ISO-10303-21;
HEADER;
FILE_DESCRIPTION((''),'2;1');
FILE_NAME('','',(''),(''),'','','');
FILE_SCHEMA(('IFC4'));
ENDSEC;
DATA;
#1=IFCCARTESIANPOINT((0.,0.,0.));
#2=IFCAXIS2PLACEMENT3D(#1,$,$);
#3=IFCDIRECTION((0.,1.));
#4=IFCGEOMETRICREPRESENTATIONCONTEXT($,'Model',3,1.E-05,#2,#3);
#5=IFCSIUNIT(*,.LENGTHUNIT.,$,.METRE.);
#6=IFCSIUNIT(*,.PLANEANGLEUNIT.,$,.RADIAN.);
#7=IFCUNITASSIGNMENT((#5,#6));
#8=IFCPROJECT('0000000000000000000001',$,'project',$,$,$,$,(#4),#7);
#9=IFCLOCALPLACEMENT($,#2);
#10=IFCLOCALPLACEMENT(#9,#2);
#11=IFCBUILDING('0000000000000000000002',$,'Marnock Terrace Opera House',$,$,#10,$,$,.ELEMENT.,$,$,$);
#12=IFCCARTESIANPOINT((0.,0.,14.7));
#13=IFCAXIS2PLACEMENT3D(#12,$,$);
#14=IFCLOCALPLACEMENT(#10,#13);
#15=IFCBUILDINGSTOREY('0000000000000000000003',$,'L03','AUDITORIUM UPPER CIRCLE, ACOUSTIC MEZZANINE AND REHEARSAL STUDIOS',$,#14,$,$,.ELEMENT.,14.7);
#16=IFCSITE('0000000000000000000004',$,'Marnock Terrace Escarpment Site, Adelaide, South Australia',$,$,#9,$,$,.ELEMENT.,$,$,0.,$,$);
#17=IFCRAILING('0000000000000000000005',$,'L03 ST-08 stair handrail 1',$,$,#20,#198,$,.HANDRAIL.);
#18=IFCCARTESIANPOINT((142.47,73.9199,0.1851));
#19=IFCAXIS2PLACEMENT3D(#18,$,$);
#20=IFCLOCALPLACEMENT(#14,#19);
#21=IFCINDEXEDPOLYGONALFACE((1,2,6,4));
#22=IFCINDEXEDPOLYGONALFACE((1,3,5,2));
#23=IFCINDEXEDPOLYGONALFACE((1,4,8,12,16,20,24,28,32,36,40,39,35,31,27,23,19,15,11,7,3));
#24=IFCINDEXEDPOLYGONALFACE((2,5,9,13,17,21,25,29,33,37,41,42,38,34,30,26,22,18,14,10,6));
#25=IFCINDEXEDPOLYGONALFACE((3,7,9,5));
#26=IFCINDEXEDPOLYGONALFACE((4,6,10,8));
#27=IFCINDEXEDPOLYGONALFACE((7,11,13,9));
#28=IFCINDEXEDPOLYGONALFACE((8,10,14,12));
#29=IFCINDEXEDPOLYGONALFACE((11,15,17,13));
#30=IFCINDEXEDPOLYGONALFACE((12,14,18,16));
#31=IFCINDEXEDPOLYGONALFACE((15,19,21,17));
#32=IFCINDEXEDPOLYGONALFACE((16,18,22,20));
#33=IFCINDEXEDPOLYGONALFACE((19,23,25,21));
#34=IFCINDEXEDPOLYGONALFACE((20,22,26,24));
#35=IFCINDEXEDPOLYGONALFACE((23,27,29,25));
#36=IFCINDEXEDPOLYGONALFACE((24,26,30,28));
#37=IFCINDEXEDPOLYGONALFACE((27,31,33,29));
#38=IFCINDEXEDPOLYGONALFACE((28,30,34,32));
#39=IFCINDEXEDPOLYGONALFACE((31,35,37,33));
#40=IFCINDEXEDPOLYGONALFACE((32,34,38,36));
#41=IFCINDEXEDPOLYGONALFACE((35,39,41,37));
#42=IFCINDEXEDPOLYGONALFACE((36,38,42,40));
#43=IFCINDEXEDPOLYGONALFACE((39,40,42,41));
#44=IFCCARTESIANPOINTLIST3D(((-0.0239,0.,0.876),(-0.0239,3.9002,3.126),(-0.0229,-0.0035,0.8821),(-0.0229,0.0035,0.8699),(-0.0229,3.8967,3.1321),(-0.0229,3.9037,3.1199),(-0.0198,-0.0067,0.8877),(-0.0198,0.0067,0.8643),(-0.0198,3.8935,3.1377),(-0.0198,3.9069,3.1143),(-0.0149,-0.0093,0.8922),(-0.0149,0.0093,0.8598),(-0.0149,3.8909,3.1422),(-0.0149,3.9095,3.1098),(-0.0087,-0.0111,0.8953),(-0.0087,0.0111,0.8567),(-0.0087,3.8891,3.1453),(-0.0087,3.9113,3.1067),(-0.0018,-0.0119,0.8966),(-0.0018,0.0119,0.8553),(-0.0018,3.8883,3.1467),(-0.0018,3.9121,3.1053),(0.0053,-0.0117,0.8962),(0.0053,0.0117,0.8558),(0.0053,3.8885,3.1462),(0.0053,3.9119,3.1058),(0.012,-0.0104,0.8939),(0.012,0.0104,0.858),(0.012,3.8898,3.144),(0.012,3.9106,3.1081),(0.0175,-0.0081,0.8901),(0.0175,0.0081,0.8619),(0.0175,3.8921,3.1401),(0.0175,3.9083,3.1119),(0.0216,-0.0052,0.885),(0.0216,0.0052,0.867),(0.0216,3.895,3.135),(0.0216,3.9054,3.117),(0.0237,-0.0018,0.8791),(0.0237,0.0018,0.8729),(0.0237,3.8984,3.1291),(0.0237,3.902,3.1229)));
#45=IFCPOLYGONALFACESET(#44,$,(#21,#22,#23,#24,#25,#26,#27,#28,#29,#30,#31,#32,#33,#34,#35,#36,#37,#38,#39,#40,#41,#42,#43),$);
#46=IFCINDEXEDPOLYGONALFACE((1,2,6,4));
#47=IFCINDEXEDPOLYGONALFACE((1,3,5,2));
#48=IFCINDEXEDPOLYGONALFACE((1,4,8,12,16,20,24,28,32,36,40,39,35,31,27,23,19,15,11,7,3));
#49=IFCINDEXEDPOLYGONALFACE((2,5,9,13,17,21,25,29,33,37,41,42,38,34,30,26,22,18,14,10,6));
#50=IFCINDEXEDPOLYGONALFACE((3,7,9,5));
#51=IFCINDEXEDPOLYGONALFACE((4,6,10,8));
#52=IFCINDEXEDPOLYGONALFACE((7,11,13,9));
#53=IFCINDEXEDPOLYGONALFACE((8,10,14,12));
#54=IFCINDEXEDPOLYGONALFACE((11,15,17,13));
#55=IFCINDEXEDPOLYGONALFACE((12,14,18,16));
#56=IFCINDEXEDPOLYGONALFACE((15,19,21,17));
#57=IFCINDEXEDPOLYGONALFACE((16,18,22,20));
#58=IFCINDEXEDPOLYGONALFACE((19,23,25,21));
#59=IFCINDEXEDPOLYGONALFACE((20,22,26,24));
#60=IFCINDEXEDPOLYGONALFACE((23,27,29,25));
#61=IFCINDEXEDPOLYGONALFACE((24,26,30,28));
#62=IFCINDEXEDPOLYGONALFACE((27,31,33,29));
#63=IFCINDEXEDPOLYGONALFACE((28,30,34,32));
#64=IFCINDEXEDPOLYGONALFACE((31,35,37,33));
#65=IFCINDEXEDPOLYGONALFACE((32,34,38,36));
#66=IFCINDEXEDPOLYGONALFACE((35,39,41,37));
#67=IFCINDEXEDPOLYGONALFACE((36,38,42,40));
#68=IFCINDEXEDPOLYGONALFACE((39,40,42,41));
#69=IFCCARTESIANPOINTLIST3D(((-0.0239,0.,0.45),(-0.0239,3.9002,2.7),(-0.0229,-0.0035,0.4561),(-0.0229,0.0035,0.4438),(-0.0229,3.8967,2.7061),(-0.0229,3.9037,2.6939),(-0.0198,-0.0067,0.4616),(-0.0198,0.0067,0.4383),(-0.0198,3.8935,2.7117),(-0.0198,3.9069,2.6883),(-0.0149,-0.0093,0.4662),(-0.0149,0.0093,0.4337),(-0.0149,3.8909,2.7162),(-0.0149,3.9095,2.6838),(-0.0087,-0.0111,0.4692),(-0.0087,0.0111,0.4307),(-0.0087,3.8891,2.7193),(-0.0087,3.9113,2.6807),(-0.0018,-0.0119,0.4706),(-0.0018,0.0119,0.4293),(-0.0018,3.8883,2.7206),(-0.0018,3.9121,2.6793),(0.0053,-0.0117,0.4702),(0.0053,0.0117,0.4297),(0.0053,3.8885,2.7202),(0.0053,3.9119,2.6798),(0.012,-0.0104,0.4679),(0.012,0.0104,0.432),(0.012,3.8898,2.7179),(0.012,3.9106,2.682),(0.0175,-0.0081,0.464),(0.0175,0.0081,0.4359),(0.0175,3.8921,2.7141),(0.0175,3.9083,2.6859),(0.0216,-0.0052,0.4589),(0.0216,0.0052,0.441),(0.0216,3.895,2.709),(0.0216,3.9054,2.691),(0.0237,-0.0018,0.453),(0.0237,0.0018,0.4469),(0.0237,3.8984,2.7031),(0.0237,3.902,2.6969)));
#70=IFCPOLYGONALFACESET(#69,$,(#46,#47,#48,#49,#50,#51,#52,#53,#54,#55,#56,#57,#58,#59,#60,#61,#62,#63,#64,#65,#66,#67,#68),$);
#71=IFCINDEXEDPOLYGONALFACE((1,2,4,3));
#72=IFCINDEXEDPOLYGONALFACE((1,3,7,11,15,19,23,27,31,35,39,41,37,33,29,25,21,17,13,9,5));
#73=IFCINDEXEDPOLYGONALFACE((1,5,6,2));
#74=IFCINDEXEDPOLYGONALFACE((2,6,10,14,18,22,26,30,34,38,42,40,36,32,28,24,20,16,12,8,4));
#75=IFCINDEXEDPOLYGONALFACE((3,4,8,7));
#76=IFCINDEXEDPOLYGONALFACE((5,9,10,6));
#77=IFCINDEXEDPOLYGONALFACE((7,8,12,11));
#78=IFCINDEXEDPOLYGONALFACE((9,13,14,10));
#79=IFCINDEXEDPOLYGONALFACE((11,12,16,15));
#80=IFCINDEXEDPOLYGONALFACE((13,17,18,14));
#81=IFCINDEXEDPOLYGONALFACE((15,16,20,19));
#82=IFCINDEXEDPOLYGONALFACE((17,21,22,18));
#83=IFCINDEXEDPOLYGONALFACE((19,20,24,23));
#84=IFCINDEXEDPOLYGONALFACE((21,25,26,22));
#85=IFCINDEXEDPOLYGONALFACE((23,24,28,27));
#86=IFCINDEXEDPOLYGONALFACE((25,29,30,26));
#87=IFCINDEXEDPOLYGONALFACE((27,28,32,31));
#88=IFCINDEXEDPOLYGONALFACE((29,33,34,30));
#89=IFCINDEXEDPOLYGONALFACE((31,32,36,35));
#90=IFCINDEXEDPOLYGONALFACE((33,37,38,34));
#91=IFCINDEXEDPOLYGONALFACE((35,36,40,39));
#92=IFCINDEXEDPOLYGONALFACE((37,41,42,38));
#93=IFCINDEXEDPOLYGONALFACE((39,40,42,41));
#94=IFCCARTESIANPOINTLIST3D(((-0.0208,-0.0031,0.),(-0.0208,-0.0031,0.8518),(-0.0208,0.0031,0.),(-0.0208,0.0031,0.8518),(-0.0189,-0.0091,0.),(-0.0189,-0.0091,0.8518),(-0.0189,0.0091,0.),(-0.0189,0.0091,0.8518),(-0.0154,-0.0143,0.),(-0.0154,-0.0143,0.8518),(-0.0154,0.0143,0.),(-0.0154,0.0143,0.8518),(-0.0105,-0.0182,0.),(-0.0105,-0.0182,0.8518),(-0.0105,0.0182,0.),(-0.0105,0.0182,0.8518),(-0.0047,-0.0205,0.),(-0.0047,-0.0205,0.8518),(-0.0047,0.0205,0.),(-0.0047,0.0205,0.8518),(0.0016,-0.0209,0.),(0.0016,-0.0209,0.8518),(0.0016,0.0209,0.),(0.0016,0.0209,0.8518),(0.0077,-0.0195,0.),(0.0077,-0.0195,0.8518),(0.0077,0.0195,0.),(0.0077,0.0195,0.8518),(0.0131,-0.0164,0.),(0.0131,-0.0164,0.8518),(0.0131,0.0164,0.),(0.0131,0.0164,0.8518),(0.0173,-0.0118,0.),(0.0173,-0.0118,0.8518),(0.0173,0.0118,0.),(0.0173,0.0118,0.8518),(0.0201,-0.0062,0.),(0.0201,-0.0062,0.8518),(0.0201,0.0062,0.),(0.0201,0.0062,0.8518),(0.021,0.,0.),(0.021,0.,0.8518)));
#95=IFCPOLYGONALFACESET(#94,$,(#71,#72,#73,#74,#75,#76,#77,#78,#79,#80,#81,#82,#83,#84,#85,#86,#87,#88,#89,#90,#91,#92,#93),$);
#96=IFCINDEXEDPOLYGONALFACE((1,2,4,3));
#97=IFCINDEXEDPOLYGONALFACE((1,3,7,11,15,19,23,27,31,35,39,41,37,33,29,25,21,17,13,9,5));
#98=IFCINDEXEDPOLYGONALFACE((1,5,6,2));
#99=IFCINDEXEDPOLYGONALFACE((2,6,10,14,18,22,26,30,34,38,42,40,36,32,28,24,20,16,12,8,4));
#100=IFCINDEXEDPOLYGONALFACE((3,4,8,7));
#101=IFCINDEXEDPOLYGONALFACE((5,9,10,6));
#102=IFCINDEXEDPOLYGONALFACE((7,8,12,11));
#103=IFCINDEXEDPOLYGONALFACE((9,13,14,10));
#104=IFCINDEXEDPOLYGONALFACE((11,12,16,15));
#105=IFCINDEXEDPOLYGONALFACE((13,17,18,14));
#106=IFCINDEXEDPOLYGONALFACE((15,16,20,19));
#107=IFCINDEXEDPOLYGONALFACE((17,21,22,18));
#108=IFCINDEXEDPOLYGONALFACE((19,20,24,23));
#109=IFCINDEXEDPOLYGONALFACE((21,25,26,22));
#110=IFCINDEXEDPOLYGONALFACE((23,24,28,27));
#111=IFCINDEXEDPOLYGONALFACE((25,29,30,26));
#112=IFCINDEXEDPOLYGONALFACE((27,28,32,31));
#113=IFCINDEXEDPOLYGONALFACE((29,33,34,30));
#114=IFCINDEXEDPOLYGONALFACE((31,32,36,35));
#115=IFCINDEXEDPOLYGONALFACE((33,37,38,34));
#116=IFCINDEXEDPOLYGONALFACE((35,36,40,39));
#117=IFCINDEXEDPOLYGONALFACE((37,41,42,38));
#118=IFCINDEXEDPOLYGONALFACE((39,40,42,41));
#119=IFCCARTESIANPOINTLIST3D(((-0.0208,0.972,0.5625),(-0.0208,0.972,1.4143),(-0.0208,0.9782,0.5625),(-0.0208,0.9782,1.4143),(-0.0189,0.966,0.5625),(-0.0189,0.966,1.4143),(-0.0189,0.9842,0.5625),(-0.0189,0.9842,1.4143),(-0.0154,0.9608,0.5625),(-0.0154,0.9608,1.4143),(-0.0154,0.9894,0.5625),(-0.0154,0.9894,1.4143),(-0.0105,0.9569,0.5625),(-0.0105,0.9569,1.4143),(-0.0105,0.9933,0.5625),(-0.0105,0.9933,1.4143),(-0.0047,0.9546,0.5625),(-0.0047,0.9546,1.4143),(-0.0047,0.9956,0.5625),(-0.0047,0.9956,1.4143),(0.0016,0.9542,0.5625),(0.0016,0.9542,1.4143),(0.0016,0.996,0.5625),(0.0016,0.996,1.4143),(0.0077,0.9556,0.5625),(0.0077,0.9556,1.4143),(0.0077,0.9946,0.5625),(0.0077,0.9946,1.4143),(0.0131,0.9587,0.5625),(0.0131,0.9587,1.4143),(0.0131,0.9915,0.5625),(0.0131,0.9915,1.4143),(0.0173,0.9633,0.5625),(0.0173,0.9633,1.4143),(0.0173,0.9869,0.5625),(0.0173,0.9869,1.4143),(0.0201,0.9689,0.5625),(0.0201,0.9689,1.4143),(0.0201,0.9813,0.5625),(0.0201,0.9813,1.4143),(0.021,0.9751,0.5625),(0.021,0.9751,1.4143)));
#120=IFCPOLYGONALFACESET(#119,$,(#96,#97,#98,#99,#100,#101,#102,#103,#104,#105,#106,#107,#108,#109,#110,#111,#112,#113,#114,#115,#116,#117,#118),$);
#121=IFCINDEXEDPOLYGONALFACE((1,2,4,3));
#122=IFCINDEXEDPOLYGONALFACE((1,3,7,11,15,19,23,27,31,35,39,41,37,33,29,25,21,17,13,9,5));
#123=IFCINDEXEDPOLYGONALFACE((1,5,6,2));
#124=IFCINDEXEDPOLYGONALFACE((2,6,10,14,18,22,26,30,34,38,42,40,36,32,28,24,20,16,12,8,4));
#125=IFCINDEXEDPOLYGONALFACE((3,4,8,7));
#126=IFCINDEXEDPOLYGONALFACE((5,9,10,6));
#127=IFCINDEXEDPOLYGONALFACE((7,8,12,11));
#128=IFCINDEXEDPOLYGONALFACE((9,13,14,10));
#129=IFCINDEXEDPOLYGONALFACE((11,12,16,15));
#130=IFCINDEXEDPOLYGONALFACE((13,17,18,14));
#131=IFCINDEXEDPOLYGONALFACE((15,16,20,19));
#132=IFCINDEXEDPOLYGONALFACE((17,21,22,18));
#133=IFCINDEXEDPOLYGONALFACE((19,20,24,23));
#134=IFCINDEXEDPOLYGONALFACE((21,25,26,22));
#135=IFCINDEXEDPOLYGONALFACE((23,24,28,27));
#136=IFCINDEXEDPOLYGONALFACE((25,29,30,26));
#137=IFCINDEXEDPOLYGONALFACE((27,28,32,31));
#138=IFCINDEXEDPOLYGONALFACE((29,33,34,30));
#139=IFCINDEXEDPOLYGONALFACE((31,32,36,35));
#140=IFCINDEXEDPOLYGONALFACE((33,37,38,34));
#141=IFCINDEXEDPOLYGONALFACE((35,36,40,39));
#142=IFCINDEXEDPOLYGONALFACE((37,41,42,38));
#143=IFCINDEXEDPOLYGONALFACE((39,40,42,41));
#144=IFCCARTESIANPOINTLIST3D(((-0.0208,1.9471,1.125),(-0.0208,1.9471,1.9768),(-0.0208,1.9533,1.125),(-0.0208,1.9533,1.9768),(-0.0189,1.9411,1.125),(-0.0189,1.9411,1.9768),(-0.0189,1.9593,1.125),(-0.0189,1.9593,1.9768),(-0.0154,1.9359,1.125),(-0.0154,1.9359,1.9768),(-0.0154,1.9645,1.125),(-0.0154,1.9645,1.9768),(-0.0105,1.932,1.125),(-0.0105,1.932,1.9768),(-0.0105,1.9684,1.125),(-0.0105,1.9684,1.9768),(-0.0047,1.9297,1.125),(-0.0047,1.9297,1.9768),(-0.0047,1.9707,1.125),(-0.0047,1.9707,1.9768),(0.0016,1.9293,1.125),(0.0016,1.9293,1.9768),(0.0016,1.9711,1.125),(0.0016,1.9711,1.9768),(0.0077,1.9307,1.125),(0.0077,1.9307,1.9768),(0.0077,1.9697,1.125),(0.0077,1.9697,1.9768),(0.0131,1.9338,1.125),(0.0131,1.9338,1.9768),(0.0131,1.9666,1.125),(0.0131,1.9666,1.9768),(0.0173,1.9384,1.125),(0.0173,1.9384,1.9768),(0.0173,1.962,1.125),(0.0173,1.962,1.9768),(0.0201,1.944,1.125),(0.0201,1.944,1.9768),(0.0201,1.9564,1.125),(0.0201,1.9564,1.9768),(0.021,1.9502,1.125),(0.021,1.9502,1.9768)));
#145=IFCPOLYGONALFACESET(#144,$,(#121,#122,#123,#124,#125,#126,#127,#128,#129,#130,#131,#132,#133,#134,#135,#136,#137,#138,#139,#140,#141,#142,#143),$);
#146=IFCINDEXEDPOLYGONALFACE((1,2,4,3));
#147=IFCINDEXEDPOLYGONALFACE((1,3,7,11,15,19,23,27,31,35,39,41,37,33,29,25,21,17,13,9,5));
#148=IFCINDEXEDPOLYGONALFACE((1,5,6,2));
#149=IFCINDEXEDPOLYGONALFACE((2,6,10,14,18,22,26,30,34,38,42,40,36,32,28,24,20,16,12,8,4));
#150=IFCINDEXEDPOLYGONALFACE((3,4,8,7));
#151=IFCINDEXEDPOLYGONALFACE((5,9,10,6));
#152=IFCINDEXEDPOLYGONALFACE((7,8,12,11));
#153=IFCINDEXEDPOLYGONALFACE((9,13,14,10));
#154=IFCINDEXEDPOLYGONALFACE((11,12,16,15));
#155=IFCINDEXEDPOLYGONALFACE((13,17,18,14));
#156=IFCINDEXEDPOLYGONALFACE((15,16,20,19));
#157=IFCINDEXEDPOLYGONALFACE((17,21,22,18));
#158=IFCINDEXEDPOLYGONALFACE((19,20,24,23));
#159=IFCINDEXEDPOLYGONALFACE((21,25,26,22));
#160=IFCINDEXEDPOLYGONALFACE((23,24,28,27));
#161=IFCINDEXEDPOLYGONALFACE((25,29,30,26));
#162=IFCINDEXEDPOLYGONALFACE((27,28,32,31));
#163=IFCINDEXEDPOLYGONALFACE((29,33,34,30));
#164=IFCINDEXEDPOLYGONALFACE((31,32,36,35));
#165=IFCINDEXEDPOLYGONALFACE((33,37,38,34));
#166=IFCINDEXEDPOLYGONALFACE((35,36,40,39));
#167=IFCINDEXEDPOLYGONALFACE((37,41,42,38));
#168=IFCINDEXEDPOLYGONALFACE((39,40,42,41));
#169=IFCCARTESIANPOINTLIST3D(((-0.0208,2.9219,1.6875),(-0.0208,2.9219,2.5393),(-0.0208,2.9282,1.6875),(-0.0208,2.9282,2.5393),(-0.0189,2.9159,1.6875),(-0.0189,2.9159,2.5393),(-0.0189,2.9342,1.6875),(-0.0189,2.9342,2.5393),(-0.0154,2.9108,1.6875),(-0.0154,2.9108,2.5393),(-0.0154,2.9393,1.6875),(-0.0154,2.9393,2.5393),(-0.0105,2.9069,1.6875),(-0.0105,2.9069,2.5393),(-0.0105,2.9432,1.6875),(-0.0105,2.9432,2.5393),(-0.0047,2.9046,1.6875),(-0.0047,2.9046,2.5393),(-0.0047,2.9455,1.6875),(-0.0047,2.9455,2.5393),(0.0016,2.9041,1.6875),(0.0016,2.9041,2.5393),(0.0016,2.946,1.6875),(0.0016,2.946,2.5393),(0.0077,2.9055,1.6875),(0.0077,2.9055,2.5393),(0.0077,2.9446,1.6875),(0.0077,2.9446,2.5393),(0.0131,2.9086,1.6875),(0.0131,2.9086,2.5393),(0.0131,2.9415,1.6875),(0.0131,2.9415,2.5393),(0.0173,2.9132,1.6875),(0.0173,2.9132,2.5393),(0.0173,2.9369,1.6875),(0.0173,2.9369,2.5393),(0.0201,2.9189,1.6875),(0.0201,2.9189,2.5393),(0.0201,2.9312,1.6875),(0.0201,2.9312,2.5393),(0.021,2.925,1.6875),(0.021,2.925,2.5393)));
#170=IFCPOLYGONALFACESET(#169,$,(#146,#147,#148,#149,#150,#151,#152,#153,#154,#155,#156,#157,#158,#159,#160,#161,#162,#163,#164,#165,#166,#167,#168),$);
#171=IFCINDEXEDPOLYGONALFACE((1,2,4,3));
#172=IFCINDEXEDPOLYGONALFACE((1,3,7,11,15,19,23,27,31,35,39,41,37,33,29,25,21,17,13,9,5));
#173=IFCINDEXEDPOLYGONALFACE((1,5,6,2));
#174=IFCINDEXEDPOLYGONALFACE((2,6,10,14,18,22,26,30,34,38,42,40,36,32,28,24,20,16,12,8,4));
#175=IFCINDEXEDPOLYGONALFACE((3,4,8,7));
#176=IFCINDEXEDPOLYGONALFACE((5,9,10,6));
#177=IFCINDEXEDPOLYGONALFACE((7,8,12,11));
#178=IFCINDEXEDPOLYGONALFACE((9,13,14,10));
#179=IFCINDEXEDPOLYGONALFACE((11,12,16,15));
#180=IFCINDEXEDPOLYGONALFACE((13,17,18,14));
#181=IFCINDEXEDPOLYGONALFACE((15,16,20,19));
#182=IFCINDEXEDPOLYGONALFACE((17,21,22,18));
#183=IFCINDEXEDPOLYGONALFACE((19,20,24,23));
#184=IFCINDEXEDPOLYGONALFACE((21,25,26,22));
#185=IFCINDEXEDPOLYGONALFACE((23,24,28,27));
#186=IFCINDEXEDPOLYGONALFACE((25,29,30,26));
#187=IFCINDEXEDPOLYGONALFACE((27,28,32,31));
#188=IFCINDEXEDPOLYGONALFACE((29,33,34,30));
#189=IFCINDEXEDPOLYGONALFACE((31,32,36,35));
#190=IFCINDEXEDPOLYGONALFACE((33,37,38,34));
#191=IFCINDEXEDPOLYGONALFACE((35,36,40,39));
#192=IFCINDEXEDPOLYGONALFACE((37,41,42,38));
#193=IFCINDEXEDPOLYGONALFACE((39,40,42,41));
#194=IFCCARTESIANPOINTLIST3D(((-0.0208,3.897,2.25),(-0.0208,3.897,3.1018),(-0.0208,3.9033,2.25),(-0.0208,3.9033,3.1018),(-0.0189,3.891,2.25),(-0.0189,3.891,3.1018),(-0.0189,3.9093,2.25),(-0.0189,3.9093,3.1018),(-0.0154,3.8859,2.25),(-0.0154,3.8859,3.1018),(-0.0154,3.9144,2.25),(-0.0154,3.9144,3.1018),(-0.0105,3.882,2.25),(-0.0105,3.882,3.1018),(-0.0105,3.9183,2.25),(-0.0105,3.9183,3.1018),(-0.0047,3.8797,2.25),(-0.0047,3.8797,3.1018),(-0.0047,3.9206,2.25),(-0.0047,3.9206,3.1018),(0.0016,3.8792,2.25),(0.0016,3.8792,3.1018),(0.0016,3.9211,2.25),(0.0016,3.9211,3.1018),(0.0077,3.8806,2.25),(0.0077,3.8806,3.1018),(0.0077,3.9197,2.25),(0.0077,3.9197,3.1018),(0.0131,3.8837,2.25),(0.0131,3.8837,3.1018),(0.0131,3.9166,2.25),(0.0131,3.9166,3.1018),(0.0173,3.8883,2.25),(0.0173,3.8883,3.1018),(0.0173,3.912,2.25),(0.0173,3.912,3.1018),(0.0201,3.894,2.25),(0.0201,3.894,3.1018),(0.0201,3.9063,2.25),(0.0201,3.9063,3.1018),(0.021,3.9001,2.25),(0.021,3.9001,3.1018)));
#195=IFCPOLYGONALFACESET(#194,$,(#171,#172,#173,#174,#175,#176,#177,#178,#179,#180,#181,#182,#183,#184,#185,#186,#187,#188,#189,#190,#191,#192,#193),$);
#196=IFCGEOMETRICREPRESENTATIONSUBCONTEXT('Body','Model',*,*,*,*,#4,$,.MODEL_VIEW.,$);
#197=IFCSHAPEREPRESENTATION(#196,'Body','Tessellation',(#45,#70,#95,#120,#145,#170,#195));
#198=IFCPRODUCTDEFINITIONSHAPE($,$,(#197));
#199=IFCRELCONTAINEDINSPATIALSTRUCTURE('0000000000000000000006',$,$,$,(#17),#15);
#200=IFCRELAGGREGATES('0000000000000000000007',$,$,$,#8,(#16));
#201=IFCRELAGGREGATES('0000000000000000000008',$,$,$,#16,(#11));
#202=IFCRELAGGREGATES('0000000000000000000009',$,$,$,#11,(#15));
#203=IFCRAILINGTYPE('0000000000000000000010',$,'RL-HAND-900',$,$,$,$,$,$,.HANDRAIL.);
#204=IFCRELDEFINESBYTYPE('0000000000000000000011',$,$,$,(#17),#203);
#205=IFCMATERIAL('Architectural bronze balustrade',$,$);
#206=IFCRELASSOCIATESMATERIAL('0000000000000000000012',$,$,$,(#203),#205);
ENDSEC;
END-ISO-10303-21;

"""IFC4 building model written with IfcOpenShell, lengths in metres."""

from ifc_helpers import new_model, si_unit, direction, frame, origin, origin_2d, place, context, subcontext, project, spatial, circle, extrude, material, type_object, element, save


model = new_model("IFC4")

# Units and contexts
model_context = context("Model", 3, precision=1e-05, world=origin(), true_north=direction((0.0, 1.0)))
body_context = subcontext(model_context, "Body", "Model", "MODEL_VIEW")
ifc_project = project(units=[si_unit("LENGTHUNIT", "METRE"), si_unit("PLANEANGLEUNIT", "RADIAN")], contexts=[model_context])

# Site, building, storey
site_placement = place(None, origin())
site = spatial("IfcSite", under=ifc_project, at=site_placement, Name="Marnock Terrace Escarpment Site, Adelaide, South Australia", CompositionType="ELEMENT", RefElevation=0.0)
building_placement = place(site_placement, origin())
building = spatial("IfcBuilding", under=site, at=building_placement, Name="Marnock Terrace Opera House", CompositionType="ELEMENT")
storey_placement = place(building_placement, frame((0.0, 0.0, 14.7)))
storey = spatial("IfcBuildingStorey", under=building, at=storey_placement, Name="L03", Description="AUDITORIUM UPPER CIRCLE, ACOUSTIC MEZZANINE AND REHEARSAL STUDIOS", CompositionType="ELEMENT", Elevation=14.7)

# Railing
ifc_material_1 = material(Name="Architectural bronze balustrade")
railing_type_1 = type_object("IfcRailingType", Name="RL-HAND-900", PredefinedType="HANDRAIL", material=ifc_material_1)
railing_1_placement = place(storey_placement, frame((142.47, 73.9199, 0.1851)))
element("IfcRailing", 1, at=railing_1_placement, inside=storey, type_object=railing_type_1, Name="L03 ST-08 stair handrail 1", PredefinedType="HANDRAIL", context=body_context, shape_type="SweptSolid", body=[
    extrude(circle(Radius=0.0239, at=origin_2d()), frame((0.0, 0.0, 0.876), z_axis=(0.0, 0.866194, 0.499708), x_axis=(-1.0, 0.0, 0.0)), (0.0, 0.0, 1.0), 4.5027),
    extrude(circle(Radius=0.0239, at=origin_2d()), frame((0.0, 0.0, 0.45), z_axis=(0.0, 0.866194, 0.499708), x_axis=(-1.0, 0.0, 0.0)), (0.0, 0.0, 1.0), 4.5027),
    extrude(circle(Radius=0.021, at=origin_2d()), origin(), (0.0, 0.0, 1.0), 0.8518),
    extrude(circle(Radius=0.021, at=origin_2d()), frame((0.0, 0.9751, 0.5625)), (0.0, 0.0, 1.0), 0.8518),
    extrude(circle(Radius=0.021, at=origin_2d()), frame((0.0, 1.9502, 1.125)), (0.0, 0.0, 1.0), 0.8518),
    extrude(circle(Radius=0.021, at=origin_2d()), frame((0.0, 2.925, 1.6875)), (0.0, 0.0, 1.0), 0.8518),
    extrude(circle(Radius=0.021, at=origin_2d()), frame((0.0, 3.9001, 2.25)), (0.0, 0.0, 1.0), 0.8518),
])

save(model, "model.ifc")
